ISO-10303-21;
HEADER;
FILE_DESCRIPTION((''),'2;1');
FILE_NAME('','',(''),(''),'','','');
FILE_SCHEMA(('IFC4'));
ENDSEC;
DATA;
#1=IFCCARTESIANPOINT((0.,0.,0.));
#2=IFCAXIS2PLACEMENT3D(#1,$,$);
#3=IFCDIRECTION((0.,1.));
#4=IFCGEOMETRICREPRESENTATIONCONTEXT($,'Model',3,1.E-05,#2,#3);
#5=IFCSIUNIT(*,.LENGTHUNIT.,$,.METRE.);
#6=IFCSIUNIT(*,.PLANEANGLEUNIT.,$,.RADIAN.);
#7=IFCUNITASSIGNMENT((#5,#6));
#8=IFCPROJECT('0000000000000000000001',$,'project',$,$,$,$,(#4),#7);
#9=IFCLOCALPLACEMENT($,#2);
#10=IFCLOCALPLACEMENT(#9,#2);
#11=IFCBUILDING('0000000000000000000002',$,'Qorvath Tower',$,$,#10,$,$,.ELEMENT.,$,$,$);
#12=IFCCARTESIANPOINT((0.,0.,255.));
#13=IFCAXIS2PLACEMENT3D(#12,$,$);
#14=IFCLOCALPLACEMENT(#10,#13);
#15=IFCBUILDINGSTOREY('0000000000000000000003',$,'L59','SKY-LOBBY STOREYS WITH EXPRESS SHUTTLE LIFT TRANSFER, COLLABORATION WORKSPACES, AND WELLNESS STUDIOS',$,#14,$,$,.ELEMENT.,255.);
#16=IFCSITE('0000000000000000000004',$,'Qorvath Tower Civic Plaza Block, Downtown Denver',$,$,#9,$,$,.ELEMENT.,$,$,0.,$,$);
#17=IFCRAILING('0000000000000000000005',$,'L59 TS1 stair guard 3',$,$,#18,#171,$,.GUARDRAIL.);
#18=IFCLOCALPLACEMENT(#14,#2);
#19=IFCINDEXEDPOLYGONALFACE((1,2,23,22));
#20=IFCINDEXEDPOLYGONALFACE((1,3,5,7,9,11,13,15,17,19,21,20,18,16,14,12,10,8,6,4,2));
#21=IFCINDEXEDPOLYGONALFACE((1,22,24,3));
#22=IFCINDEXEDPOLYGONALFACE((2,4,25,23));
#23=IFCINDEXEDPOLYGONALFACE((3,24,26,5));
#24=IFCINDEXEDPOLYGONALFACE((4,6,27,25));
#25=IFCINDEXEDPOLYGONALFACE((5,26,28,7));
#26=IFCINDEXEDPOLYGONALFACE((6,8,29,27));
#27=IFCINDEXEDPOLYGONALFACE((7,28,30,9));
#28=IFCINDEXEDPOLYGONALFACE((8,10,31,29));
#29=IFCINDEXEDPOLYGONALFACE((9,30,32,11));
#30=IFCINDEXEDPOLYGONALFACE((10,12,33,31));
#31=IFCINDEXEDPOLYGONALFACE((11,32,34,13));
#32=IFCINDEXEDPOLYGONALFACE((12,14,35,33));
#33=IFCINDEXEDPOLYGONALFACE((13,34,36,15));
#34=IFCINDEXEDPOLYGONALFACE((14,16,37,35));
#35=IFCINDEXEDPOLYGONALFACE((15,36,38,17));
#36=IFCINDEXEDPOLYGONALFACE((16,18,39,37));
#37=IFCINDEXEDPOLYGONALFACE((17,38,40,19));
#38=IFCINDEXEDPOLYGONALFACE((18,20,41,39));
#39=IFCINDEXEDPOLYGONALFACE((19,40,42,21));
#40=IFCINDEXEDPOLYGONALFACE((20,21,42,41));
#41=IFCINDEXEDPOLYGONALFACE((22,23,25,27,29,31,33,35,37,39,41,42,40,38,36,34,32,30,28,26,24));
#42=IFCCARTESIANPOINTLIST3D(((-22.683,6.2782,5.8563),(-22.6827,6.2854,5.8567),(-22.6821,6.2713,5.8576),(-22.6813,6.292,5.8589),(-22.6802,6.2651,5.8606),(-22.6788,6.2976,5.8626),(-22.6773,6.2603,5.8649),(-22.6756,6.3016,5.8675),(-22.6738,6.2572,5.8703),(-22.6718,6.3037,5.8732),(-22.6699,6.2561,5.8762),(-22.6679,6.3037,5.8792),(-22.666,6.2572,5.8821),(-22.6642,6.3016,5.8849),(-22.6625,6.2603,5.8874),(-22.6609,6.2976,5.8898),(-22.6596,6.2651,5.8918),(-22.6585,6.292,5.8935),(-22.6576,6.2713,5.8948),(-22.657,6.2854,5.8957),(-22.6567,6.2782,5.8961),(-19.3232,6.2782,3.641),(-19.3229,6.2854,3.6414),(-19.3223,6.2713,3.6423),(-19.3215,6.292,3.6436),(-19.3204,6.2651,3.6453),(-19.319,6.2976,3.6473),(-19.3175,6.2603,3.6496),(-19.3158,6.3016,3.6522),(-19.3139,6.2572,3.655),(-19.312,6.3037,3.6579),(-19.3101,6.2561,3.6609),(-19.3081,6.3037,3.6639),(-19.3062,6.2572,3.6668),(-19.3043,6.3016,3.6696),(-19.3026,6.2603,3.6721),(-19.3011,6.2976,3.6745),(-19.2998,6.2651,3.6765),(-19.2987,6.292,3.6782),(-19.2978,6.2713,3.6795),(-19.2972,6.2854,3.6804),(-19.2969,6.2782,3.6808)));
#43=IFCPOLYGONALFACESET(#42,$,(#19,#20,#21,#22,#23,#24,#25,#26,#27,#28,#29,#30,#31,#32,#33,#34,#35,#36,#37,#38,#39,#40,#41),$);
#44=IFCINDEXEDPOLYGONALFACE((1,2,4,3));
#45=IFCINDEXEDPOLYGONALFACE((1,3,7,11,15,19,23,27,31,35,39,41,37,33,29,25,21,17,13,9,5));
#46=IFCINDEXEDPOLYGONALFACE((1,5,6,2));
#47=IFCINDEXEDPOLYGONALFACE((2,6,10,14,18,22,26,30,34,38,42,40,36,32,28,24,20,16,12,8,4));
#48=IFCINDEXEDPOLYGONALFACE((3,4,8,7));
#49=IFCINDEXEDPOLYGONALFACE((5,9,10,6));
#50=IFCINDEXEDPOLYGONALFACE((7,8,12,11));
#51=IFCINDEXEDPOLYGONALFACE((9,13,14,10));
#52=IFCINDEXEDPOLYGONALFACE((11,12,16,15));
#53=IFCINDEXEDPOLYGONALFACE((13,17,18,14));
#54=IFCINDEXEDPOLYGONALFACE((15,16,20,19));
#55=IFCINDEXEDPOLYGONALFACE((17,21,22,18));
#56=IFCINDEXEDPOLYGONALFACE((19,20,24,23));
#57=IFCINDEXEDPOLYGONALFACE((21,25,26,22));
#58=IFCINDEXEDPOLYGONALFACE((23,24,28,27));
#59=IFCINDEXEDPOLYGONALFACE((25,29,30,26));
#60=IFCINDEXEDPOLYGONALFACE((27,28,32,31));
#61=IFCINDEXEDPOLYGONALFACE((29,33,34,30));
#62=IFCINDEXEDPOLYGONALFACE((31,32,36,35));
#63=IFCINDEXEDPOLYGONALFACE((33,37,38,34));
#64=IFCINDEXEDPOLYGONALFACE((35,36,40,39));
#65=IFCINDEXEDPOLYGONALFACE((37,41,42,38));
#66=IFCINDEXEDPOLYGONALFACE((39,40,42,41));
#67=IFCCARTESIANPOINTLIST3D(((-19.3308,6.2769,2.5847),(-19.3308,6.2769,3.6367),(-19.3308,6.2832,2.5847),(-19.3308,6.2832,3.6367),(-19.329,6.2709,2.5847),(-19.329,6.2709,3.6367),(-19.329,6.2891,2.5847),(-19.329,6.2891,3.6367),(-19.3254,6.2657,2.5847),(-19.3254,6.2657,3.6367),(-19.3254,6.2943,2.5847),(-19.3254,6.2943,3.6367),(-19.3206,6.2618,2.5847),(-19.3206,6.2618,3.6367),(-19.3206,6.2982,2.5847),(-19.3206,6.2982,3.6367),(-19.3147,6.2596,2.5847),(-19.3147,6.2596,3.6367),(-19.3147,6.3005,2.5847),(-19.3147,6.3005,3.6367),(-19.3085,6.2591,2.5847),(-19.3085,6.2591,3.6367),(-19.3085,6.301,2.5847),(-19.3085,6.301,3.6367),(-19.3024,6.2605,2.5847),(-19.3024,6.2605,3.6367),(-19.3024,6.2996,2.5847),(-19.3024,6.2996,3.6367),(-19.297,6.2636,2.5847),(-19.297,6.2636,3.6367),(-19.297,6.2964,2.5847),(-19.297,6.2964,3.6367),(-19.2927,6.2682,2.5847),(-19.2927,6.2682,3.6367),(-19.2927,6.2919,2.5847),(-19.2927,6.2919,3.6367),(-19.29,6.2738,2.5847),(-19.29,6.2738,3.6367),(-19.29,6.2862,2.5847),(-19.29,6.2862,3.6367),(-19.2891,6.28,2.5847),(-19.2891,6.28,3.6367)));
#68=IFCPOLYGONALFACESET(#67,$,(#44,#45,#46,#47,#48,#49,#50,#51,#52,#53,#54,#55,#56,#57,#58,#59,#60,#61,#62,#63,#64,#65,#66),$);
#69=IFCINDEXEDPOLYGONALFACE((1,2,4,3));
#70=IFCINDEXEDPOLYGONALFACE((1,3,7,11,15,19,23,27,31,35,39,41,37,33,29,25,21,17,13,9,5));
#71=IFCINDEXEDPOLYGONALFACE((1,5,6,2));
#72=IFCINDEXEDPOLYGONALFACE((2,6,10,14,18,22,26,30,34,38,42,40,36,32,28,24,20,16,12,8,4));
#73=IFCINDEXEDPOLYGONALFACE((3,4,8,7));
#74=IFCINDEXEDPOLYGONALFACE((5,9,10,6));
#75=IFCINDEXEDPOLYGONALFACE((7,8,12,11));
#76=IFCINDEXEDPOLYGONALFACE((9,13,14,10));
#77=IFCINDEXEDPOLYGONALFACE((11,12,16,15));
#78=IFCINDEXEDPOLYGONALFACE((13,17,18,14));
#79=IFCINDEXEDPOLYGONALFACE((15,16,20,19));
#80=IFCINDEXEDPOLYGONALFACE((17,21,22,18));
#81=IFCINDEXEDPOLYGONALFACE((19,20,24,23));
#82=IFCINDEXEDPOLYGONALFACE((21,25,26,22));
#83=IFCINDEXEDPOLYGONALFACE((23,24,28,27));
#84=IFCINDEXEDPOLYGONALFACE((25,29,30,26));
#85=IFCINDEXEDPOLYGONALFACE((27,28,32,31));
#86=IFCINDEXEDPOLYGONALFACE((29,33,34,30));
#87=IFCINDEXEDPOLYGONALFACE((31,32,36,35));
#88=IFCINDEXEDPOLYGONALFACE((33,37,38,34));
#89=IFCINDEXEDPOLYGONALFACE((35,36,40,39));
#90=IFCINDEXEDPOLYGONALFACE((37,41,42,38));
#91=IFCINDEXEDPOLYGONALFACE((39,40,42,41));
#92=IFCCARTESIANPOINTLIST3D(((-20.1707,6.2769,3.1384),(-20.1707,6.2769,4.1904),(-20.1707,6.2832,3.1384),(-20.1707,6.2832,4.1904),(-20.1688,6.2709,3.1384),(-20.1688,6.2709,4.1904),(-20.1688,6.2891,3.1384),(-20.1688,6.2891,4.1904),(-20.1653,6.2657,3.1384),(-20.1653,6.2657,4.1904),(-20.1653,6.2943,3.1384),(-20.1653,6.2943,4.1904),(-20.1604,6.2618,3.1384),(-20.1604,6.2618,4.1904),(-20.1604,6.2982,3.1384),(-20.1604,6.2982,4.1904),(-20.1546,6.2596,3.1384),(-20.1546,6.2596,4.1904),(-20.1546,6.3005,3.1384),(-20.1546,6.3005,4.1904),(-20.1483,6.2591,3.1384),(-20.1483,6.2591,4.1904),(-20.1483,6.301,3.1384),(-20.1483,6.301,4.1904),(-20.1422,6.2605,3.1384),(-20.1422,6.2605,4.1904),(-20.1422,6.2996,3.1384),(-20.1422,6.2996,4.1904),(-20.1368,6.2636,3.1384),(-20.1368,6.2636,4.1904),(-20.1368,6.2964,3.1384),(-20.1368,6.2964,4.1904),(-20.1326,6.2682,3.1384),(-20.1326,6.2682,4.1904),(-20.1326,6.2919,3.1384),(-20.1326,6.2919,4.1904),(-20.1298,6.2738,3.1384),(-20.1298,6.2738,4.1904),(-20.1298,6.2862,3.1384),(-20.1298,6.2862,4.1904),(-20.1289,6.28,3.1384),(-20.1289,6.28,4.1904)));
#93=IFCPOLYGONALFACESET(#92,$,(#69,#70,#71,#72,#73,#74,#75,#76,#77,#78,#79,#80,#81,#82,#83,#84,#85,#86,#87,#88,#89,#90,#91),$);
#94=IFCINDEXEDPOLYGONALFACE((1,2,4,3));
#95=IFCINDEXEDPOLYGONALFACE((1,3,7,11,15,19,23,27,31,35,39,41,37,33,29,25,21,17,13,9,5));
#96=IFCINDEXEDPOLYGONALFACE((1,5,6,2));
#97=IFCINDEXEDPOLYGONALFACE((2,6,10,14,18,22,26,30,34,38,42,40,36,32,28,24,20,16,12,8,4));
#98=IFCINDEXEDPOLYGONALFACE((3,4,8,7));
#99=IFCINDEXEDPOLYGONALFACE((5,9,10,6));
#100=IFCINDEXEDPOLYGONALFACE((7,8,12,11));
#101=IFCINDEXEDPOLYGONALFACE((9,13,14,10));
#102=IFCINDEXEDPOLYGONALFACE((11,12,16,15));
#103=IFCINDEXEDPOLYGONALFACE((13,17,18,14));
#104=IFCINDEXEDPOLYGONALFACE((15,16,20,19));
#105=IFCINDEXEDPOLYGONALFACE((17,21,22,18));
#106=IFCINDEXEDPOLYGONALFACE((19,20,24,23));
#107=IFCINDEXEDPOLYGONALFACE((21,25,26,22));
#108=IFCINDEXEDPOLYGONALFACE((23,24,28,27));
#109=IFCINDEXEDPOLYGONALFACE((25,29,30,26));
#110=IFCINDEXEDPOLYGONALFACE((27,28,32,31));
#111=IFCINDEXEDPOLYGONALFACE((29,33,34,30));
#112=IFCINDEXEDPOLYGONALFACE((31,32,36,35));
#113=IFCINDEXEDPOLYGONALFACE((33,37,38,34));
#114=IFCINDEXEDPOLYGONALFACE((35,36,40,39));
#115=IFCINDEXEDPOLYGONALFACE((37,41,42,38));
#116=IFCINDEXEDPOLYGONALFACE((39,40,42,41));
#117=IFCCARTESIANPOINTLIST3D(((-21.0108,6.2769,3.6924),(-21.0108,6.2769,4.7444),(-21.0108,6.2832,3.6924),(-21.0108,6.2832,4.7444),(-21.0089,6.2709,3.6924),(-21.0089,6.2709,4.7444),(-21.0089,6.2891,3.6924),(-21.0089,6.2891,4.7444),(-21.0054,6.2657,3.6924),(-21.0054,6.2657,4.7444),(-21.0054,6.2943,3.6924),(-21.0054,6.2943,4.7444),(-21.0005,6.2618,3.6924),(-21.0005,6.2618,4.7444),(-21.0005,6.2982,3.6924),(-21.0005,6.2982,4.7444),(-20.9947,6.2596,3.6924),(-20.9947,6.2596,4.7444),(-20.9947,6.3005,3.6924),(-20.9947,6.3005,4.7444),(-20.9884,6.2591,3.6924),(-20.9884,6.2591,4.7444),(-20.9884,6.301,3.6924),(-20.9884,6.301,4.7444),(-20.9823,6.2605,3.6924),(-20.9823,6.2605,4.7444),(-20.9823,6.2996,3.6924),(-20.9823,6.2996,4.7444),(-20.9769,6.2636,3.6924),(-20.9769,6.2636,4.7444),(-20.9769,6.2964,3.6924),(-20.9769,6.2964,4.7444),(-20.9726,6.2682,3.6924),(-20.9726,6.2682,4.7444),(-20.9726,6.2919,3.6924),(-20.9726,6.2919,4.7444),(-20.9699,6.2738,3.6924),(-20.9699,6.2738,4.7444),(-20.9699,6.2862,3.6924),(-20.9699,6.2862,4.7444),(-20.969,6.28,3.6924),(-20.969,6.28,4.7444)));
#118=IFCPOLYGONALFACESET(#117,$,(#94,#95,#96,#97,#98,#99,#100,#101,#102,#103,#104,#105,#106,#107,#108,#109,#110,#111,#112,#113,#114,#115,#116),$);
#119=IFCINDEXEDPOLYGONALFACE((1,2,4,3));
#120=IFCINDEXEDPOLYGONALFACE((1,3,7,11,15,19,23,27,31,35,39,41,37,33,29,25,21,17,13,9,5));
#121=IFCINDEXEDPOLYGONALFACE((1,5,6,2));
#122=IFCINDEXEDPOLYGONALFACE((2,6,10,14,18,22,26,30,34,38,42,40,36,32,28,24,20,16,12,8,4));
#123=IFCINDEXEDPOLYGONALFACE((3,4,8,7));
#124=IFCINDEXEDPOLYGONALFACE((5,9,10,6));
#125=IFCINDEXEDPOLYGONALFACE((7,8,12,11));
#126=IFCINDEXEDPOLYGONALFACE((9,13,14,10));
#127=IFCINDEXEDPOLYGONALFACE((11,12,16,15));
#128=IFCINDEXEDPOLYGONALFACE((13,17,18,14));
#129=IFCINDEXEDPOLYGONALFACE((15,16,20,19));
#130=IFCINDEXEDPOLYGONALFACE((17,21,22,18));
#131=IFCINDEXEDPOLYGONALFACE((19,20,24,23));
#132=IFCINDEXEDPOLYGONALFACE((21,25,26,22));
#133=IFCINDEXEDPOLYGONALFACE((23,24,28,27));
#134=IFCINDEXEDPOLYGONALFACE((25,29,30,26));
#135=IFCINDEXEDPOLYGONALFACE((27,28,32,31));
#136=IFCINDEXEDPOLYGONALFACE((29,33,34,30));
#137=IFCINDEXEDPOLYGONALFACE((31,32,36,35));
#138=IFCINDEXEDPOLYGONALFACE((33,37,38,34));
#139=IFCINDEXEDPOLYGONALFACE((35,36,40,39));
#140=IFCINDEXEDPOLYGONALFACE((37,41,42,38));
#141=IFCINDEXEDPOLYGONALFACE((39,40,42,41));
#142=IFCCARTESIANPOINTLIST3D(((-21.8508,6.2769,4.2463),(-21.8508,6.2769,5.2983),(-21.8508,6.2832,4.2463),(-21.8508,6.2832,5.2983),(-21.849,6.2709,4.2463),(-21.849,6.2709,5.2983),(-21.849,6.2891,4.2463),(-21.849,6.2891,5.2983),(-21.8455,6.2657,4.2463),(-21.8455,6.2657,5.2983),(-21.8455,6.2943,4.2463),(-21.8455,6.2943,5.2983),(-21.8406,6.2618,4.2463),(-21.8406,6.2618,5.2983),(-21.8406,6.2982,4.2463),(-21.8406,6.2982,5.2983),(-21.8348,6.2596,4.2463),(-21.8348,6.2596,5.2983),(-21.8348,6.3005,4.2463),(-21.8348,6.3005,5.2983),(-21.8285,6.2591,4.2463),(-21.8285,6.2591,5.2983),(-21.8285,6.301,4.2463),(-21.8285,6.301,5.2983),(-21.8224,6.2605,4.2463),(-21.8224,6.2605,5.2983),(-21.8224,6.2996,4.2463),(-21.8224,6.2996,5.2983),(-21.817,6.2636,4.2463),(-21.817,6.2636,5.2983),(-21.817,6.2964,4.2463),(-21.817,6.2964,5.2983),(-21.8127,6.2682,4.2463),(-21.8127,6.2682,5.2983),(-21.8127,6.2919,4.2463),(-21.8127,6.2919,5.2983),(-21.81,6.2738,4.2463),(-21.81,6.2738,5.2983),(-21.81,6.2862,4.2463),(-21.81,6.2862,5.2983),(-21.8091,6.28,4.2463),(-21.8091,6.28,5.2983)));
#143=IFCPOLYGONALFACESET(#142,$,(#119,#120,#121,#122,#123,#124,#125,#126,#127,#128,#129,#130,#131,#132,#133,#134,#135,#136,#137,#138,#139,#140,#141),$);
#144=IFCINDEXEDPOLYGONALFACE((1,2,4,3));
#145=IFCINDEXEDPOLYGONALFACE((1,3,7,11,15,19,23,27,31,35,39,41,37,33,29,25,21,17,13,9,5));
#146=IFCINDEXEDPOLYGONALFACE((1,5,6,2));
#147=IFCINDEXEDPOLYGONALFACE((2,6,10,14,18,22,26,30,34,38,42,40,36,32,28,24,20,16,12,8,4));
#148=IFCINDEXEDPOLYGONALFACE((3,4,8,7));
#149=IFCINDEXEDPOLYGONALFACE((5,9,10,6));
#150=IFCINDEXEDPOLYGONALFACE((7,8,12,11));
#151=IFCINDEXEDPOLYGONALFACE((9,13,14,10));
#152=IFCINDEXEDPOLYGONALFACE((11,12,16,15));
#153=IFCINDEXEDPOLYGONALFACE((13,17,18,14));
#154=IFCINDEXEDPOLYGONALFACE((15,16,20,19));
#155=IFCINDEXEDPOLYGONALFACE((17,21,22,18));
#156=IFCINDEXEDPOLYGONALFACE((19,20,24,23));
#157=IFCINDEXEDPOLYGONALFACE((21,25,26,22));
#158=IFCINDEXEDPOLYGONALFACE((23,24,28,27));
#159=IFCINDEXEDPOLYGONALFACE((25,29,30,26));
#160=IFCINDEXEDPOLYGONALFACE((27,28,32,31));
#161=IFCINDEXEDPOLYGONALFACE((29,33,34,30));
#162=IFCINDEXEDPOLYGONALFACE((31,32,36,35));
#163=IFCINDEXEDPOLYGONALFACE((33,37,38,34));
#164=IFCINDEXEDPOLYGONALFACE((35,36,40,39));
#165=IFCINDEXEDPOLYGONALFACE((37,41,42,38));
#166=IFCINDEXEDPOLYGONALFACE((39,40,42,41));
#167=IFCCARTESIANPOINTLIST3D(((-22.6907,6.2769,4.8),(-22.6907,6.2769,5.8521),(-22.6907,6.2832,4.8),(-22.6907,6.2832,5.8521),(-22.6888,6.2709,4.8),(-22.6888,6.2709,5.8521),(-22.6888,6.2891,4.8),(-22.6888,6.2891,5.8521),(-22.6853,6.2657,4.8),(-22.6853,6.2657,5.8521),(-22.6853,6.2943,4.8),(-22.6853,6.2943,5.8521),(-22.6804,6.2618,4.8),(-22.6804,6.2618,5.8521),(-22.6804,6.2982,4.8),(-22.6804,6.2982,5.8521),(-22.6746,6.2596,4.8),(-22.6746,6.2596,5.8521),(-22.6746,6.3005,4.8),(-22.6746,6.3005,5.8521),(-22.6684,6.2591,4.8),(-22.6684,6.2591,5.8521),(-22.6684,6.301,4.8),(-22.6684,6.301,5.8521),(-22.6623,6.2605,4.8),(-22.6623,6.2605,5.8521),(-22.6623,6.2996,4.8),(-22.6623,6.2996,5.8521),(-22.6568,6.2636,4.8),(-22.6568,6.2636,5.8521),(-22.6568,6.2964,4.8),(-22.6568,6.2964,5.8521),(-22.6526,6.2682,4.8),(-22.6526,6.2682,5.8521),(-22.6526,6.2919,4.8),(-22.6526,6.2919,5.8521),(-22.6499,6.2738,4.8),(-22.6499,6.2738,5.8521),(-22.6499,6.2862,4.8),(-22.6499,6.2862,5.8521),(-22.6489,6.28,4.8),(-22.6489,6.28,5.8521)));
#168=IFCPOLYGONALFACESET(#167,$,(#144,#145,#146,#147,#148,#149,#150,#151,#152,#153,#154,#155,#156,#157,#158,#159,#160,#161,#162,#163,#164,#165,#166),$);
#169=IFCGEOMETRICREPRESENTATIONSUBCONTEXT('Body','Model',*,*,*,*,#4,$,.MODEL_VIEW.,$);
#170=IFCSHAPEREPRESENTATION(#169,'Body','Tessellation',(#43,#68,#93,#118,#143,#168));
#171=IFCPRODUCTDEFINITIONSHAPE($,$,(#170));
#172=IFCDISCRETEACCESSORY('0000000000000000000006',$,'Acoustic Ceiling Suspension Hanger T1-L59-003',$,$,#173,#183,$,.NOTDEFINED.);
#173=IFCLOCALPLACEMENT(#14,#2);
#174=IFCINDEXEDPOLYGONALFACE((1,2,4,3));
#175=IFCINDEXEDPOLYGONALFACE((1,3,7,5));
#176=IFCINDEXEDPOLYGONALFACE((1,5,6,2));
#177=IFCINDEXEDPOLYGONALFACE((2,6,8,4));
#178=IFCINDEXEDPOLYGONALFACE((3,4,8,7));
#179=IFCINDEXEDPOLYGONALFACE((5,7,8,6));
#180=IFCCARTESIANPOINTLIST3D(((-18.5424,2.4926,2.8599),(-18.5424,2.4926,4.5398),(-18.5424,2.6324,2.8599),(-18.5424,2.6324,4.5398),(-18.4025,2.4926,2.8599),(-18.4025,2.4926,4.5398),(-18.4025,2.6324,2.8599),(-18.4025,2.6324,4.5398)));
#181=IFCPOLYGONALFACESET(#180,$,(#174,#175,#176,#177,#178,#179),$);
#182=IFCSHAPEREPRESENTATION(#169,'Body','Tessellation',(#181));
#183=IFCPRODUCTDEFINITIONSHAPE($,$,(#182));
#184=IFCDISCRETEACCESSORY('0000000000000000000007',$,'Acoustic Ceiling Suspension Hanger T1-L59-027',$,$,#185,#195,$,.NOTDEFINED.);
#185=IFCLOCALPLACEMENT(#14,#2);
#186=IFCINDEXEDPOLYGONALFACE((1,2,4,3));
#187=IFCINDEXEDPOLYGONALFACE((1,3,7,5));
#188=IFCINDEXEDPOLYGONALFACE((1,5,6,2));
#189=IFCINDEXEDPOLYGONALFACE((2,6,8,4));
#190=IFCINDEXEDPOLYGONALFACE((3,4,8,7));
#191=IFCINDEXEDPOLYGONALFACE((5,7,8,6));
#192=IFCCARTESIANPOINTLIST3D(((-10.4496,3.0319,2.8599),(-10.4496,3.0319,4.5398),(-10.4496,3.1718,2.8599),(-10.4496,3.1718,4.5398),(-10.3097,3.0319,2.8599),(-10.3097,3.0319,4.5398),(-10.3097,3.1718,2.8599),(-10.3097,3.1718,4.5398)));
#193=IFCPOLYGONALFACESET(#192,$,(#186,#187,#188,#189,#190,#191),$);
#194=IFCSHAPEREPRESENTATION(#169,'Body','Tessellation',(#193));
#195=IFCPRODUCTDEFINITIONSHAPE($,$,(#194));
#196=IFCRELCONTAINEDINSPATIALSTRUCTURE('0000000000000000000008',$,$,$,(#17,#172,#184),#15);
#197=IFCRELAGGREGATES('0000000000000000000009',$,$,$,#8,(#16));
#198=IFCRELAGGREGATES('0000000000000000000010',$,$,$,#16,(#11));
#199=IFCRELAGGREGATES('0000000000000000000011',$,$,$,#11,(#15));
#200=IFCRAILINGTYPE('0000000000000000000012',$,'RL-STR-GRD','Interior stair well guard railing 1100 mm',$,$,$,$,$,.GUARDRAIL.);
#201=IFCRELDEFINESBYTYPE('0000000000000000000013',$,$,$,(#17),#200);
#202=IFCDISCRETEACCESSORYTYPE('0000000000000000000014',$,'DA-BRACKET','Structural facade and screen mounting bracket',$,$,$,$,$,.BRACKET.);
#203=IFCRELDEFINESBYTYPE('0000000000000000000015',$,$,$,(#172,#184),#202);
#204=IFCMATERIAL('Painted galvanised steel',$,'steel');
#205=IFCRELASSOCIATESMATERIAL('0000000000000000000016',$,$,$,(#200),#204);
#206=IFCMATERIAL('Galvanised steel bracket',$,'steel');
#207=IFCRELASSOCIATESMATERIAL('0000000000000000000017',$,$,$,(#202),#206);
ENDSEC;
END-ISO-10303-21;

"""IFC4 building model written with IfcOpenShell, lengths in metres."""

from ifc_helpers import new_model, si_unit, direction, frame, origin, origin_2d, place, context, subcontext, project, spatial, rectangle, circle, extrude, material, type_object, element, save


model = new_model("IFC4")

# Units and contexts
model_context = context("Model", 3, precision=1e-05, world=origin(), true_north=direction((0.0, 1.0)))
body_context = subcontext(model_context, "Body", "Model", "MODEL_VIEW")
ifc_project = project(units=[si_unit("LENGTHUNIT", "METRE"), si_unit("PLANEANGLEUNIT", "RADIAN")], contexts=[model_context])

# Site, building, storey
site_placement = place(None, origin())
site = spatial("IfcSite", under=ifc_project, at=site_placement, Name="Qorvath Tower Civic Plaza Block, Downtown Denver", CompositionType="ELEMENT", RefElevation=0.0)
building_placement = place(site_placement, origin())
building = spatial("IfcBuilding", under=site, at=building_placement, Name="Qorvath Tower", CompositionType="ELEMENT")
storey_placement = place(building_placement, frame((0.0, 0.0, 255.0)))
storey = spatial("IfcBuildingStorey", under=building, at=storey_placement, Name="L59", Description="SKY-LOBBY STOREYS WITH EXPRESS SHUTTLE LIFT TRANSFER, COLLABORATION WORKSPACES, AND WELLNESS STUDIOS", CompositionType="ELEMENT", Elevation=255.0)

# Railing
ifc_material_1 = material(Name="Painted galvanised steel", Category="steel")
railing_type = type_object("IfcRailingType", Name="RL-STR-GRD", Description="Interior stair well guard railing 1100 mm", PredefinedType="GUARDRAIL", material=ifc_material_1)
railing_1_placement = place(storey_placement, frame((-19.3101, 6.28, 2.5847)))
element("IfcRailing", 1, at=railing_1_placement, inside=storey, type_object=railing_type, Name="L59 TS1 stair guard 3", PredefinedType="GUARDRAIL", context=body_context, shape_type="SweptSolid", body=[
    extrude(circle(Radius=0.0239, at=origin_2d()), frame((0.0, 0.0, 1.0762), z_axis=(-0.834858, 0.0, 0.550465), x_axis=(0.0, -1.0, 0.0)), (0.0, 0.0, 1.0), 4.0244),
    extrude(circle(Radius=0.021, at=origin_2d()), origin(), (0.0, 0.0, 1.0), 1.052),
    extrude(circle(Radius=0.021, at=origin_2d()), frame((-0.8398, 0.0, 0.5537)), (0.0, 0.0, 1.0), 1.052),
    extrude(circle(Radius=0.021, at=origin_2d()), frame((-1.6799, 0.0, 1.1077)), (0.0, 0.0, 1.0), 1.052),
    extrude(circle(Radius=0.021, at=origin_2d()), frame((-2.52, 0.0, 1.6616)), (0.0, 0.0, 1.0), 1.052),
    extrude(circle(Radius=0.021, at=origin_2d()), frame((-3.3599, 0.0, 2.2153)), (0.0, 0.0, 1.0), 1.052),
])

# Discrete accessories
ifc_material_2 = material(Name="Galvanised steel bracket", Category="steel")
discrete_accessory_type = type_object("IfcDiscreteAccessoryType", Name="DA-BRACKET", Description="Structural facade and screen mounting bracket", PredefinedType="BRACKET", material=ifc_material_2)
for number, where, z_axis, x_axis, name in (
    (2, (-18.4724, 2.5625, 2.8599), (0.0, 0.0, 1.0), (1.0, 0.0, 0.0), "Acoustic Ceiling Suspension Hanger T1-L59-003"),
    (3, (-10.3796, 3.1018, 2.8599), (0.0, 0.0, 1.0), (1.0, 0.0, 0.0), "Acoustic Ceiling Suspension Hanger T1-L59-027"),
):
    element("IfcDiscreteAccessory", number, at=place(storey_placement, frame(where, z_axis=z_axis, x_axis=x_axis)), inside=storey, type_object=discrete_accessory_type, Name=name, PredefinedType="NOTDEFINED", context=body_context, shape_type="SweptSolid", body=[
        extrude(rectangle(XDim=0.1399, YDim=0.1399, at=origin_2d()), origin(), (0.0, 0.0, 1.0), 1.6799),
    ])

save(model, "model.ifc")
